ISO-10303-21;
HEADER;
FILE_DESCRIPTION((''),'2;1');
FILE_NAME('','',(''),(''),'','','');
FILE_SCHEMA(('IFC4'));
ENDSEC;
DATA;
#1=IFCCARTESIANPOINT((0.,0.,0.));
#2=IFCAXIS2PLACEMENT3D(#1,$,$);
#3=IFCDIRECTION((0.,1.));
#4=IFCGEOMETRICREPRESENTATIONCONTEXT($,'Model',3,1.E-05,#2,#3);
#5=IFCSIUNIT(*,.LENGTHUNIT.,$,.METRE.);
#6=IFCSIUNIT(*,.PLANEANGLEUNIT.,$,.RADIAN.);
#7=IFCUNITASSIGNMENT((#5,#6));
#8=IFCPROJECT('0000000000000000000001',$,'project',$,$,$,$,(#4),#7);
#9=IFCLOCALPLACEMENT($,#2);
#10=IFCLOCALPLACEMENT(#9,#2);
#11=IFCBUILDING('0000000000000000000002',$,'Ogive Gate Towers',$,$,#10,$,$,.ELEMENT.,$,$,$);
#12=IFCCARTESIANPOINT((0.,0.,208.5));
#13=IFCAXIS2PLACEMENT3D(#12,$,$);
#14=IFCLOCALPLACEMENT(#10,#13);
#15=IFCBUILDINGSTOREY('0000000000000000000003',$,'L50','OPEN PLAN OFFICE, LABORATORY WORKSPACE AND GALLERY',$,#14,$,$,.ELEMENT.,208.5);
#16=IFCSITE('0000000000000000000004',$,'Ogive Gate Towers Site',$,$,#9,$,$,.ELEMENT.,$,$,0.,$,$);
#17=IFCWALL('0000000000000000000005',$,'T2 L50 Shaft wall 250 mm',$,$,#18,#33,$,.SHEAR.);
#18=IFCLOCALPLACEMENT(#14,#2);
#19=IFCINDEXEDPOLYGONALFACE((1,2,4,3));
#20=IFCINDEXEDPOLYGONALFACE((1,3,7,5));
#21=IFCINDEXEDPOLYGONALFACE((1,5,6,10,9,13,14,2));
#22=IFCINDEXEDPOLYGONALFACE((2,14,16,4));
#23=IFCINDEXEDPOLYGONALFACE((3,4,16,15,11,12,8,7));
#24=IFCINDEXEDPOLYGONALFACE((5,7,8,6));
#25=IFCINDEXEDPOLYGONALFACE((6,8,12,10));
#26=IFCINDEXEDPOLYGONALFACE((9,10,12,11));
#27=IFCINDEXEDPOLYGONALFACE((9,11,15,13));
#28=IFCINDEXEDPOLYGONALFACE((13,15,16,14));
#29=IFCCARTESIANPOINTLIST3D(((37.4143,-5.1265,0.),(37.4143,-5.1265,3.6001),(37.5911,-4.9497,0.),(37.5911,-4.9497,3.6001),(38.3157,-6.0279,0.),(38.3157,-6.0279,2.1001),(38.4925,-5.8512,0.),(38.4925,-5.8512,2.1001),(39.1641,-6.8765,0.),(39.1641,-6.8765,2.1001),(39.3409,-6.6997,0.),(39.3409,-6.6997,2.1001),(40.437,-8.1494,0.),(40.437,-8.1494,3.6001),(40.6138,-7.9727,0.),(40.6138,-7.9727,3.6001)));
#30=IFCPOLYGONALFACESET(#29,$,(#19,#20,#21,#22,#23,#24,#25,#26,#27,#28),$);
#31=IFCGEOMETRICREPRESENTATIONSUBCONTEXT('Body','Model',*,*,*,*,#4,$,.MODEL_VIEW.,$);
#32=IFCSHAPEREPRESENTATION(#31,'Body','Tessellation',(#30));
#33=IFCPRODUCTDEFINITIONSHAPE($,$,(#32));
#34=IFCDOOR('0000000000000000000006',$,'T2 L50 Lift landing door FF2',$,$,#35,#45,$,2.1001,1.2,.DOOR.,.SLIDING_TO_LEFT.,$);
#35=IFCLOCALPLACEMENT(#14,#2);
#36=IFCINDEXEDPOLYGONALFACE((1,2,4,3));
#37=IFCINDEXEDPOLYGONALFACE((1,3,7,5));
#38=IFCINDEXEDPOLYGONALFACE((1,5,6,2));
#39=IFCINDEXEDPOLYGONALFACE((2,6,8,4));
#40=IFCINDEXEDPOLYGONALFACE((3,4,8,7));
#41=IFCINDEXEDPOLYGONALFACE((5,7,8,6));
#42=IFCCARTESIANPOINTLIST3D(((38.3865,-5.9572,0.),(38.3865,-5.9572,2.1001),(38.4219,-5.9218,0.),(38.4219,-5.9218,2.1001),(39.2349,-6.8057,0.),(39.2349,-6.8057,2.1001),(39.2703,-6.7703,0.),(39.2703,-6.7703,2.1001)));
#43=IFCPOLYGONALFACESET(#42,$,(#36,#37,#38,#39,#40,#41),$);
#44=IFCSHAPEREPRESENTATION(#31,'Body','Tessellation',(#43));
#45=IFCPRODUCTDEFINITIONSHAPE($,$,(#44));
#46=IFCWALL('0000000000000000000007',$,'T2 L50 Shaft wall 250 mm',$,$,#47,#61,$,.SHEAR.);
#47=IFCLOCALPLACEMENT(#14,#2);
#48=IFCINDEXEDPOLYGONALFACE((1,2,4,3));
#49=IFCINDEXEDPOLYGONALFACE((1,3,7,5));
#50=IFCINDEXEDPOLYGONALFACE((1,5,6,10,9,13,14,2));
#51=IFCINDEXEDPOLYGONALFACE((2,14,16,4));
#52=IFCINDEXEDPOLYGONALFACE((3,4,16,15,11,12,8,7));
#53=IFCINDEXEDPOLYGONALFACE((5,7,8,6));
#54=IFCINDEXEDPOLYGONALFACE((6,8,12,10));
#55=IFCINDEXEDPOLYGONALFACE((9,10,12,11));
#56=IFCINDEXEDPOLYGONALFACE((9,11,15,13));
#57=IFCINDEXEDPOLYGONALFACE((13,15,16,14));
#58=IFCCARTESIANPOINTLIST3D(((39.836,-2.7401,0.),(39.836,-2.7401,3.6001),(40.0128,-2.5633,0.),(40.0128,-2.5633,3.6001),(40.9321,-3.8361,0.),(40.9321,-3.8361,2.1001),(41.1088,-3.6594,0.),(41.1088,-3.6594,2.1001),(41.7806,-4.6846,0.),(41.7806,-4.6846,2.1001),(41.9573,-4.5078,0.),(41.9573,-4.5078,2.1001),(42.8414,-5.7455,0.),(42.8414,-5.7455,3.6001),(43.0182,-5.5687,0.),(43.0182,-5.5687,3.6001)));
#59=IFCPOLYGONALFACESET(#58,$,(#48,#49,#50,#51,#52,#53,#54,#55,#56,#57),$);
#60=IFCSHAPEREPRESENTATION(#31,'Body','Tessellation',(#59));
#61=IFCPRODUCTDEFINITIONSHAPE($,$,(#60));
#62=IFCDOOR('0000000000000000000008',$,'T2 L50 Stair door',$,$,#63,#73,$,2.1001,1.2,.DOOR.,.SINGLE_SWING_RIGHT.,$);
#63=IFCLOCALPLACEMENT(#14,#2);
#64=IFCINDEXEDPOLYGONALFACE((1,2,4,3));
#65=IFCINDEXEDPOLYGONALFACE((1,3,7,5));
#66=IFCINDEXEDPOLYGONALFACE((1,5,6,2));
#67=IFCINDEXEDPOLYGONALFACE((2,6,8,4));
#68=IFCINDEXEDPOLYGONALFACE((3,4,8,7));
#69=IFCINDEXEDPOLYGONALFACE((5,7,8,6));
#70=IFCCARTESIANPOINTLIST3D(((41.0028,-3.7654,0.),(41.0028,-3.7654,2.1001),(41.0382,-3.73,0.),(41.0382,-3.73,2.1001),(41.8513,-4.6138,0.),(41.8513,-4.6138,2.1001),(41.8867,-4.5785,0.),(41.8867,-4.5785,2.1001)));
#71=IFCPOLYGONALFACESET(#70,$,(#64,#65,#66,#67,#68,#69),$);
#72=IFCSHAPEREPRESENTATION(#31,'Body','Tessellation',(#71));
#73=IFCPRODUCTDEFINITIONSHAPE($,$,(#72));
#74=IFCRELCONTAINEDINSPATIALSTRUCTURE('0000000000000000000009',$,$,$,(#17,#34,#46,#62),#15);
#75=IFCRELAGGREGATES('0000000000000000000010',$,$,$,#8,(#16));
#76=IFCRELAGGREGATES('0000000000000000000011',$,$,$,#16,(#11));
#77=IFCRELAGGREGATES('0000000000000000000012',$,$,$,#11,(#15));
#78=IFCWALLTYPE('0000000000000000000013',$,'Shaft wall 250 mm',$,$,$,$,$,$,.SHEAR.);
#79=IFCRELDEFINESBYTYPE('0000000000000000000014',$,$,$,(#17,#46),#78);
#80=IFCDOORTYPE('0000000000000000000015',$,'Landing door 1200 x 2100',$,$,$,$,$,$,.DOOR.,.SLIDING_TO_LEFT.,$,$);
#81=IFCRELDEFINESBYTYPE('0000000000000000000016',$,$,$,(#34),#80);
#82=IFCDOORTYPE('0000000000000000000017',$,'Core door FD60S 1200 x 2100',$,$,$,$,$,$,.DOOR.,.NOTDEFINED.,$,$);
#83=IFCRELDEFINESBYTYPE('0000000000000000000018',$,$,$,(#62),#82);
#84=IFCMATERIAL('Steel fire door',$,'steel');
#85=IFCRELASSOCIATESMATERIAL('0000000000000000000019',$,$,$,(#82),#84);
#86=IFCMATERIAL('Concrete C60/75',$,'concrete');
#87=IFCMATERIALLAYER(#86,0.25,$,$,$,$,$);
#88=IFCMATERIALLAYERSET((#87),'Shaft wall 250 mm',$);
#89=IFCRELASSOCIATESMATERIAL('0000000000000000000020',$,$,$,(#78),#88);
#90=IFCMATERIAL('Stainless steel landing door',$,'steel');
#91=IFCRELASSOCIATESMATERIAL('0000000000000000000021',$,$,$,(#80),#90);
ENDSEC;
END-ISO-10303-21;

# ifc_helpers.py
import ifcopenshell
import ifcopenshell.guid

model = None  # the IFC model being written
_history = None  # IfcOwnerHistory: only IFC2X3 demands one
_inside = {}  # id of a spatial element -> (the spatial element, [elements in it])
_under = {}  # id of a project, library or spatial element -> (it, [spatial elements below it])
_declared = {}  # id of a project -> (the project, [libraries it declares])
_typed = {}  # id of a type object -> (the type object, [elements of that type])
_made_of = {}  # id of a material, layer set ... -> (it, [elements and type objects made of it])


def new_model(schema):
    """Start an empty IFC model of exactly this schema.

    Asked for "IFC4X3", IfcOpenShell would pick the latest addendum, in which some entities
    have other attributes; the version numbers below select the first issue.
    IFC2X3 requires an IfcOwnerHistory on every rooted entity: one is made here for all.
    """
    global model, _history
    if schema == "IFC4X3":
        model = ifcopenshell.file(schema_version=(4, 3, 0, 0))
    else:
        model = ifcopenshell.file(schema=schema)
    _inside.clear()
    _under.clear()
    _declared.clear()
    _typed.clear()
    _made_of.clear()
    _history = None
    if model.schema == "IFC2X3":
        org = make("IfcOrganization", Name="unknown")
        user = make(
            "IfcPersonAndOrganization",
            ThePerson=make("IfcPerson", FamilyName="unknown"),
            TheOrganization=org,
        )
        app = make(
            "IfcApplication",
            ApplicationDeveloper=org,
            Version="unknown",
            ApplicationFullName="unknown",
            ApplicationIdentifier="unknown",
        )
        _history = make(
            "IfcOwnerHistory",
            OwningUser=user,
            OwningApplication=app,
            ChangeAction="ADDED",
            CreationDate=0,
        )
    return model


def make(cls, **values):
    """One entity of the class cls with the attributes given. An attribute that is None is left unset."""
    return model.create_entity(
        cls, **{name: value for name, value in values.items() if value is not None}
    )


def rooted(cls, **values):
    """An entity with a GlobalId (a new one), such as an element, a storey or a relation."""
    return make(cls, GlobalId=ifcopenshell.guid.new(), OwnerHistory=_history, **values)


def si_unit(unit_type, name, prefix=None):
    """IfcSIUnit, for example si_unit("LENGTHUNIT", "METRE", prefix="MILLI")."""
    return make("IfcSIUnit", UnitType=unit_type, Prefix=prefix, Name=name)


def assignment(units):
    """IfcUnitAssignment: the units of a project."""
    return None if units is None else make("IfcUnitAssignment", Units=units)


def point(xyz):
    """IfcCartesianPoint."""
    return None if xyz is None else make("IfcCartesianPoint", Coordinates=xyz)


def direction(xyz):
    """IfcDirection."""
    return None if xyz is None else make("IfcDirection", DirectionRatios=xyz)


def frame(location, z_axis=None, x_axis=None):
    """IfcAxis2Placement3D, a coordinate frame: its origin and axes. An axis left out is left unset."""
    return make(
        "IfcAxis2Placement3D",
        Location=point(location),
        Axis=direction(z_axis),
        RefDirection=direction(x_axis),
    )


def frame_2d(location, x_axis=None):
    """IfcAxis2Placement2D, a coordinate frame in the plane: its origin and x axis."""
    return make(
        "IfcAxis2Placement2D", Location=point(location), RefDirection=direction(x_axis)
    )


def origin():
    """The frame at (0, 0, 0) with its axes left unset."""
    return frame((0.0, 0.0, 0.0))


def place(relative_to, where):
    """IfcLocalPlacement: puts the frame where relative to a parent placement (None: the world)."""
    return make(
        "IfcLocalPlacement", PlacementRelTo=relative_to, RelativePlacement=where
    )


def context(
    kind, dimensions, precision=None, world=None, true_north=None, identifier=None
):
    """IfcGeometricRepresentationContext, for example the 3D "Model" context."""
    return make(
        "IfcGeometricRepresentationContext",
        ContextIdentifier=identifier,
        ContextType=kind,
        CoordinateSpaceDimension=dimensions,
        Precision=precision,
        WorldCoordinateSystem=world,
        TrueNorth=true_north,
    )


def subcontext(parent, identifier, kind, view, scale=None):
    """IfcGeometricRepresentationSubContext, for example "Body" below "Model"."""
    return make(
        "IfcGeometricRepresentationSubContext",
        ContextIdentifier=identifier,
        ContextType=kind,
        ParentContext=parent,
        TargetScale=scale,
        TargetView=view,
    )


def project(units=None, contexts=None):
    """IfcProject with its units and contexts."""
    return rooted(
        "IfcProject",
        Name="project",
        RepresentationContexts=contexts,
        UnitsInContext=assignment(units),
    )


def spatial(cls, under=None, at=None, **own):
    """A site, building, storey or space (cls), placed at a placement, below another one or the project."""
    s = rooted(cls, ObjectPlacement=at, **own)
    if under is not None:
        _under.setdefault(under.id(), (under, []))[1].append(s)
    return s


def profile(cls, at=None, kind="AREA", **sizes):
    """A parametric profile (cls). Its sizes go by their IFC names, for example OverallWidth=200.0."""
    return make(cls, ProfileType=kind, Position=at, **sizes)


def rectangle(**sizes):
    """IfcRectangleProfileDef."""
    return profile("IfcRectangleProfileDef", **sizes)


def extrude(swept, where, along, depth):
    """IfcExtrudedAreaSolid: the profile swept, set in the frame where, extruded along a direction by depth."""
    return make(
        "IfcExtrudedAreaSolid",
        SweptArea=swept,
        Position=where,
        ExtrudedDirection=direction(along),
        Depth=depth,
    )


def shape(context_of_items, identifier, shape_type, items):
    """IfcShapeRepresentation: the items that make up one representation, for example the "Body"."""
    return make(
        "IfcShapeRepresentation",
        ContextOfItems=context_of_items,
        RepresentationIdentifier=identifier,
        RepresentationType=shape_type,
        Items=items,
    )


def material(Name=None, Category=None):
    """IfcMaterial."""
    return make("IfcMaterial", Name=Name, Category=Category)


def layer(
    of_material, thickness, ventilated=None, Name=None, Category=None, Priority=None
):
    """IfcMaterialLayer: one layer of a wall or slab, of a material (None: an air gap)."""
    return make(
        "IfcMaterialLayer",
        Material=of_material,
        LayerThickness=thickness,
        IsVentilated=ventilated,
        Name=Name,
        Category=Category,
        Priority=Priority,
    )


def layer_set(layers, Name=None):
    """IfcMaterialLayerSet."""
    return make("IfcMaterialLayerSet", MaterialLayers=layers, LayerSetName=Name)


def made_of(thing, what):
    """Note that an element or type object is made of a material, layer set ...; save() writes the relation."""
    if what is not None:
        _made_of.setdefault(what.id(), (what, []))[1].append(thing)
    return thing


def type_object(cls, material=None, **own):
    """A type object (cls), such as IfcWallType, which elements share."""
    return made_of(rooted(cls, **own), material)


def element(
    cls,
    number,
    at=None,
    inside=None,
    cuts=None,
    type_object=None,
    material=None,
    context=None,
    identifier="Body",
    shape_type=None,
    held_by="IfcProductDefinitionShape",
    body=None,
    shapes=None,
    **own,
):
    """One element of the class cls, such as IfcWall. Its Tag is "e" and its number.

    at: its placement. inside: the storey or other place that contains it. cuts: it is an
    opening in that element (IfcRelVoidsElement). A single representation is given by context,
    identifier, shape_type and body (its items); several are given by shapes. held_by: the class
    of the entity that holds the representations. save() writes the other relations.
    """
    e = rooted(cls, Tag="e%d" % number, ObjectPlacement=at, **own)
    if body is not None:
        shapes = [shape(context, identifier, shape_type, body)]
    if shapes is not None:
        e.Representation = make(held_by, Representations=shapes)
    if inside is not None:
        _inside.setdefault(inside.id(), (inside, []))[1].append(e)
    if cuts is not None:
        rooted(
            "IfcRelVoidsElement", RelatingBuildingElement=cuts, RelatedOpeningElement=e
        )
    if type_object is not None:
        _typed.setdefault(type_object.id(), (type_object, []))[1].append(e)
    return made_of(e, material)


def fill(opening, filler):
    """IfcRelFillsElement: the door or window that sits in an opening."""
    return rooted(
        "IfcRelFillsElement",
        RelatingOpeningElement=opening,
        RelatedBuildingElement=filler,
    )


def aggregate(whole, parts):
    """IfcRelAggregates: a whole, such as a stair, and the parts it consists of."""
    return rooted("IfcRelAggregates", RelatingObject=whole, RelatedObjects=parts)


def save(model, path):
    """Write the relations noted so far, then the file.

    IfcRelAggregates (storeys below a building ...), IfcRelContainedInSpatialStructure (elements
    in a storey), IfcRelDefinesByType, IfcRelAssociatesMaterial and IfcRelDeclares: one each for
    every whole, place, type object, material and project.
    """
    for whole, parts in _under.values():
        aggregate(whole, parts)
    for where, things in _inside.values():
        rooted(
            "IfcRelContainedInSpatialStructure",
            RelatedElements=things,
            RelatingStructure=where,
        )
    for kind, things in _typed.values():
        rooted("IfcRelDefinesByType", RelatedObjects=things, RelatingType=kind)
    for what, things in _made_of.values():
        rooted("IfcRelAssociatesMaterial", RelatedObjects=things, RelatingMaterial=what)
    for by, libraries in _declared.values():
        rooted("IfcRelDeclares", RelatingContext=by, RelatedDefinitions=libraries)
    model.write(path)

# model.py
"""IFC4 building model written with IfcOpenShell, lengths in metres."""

from ifc_helpers import new_model, si_unit, direction, frame, frame_2d, origin, place, context, subcontext, project, spatial, rectangle, extrude, material, layer, layer_set, type_object, element, fill, save


model = new_model("IFC4")

# Units and contexts
model_context = context("Model", 3, precision=1e-05, world=origin(), true_north=direction((0.0, 1.0)))
body_context = subcontext(model_context, "Body", "Model", "MODEL_VIEW")
ifc_project = project(units=[si_unit("LENGTHUNIT", "METRE"), si_unit("PLANEANGLEUNIT", "RADIAN")], contexts=[model_context])

# Site, building, storey
site_placement = place(None, origin())
site = spatial("IfcSite", under=ifc_project, at=site_placement, Name="Ogive Gate Towers Site", CompositionType="ELEMENT", RefElevation=0.0)
building_placement = place(site_placement, origin())
building = spatial("IfcBuilding", under=site, at=building_placement, Name="Ogive Gate Towers", CompositionType="ELEMENT")
storey_placement = place(building_placement, frame((0.0, 0.0, 208.5)))
storey = spatial("IfcBuildingStorey", under=building, at=storey_placement, Name="L50", Description="OPEN PLAN OFFICE, LABORATORY WORKSPACE AND GALLERY", CompositionType="ELEMENT", Elevation=208.5)

# Shared definitions
ifc_material_1 = material(Name="Concrete C60/75", Category="concrete")
ifc_material_2 = material(Name="Steel fire door", Category="steel")
door_type_1 = type_object("IfcDoorType", Name="Core door FD60S 1200 x 2100", OperationType="NOTDEFINED", PredefinedType="DOOR", material=ifc_material_2)

# Shared definitions
ifc_layer_1 = layer(ifc_material_1, 0.25)
ifc_layer_set_1 = layer_set([ifc_layer_1], Name="Shaft wall 250 mm")
wall_type_1 = type_object("IfcWallType", Name="Shaft wall 250 mm", PredefinedType="SHEAR", material=ifc_layer_set_1)

# Walls, openings, doors
wall_1_placement = place(storey_placement, frame((40.5254, -8.061, 0.0), z_axis=(0.0, 0.0, 1.0), x_axis=(-0.707078, 0.707135, 0.0)))
wall_1 = element("IfcWall", 1, at=wall_1_placement, inside=storey, type_object=wall_type_1, Name="T2 L50 Shaft wall 250 mm", PredefinedType="SHEAR", context=body_context, shape_type="SweptSolid", body=[
    extrude(rectangle(XDim=4.2749, YDim=0.25, at=frame_2d((2.1375, 0.0))), origin(), (0.0, 0.0, 1.0), 3.6001),
])
opening_1_placement = place(wall_1_placement, frame((1.8, 0.0, 0.0)))
opening_1 = element("IfcOpeningElement", 2, at=opening_1_placement, cuts=wall_1, PredefinedType="OPENING", context=body_context, shape_type="SweptSolid", body=[
    extrude(rectangle(XDim=1.2, YDim=2.1001, at=frame_2d((0.6001, 1.05))), frame((0.0, 0.135, 0.0), z_axis=(0.0, -1.0, 0.0), x_axis=(1.0, 0.0, 0.0)), (0.0, 0.0, 1.0), 0.27),
])
ifc_material_3 = material(Name="Stainless steel landing door", Category="steel")
door_type_2 = type_object("IfcDoorType", Name="Landing door 1200 x 2100", OperationType="SLIDING_TO_LEFT", PredefinedType="DOOR", material=ifc_material_3)
door_1_placement = place(opening_1_placement, origin())
door_1 = element("IfcDoor", 3, at=door_1_placement, inside=storey, type_object=door_type_2, Name="T2 L50 Lift landing door FF2", OperationType="SLIDING_TO_LEFT", OverallHeight=2.1001, OverallWidth=1.2, PredefinedType="DOOR", context=body_context, shape_type="SweptSolid", body=[
    extrude(rectangle(XDim=1.2, YDim=2.1001, at=frame_2d((0.6001, 1.05))), frame((0.0, 0.0249, 0.0), z_axis=(0.0, -1.0, 0.0), x_axis=(1.0, 0.0, 0.0)), (0.0, 0.0, 1.0), 0.05),
])
fill(opening_1, door_1)
wall_2_placement = place(storey_placement, frame((42.9297, -5.657, 0.0), z_axis=(0.0, 0.0, 1.0), x_axis=(-0.707107, 0.707107, 0.0)))
wall_2 = element("IfcWall", 4, at=wall_2_placement, inside=storey, type_object=wall_type_1, Name="T2 L50 Shaft wall 250 mm", PredefinedType="SHEAR", context=body_context, shape_type="SweptSolid", body=[
    extrude(rectangle(XDim=4.2502, YDim=0.25, at=frame_2d((2.125, 0.0))), origin(), (0.0, 0.0, 1.0), 3.6001),
])
opening_2_placement = place(wall_2_placement, frame((1.5, 0.0, 0.0)))
opening_2 = element("IfcOpeningElement", 5, at=opening_2_placement, cuts=wall_2, PredefinedType="OPENING", context=body_context, shape_type="SweptSolid", body=[
    extrude(rectangle(XDim=1.2, YDim=2.1001, at=frame_2d((0.6001, 1.05))), frame((0.0, 0.135, 0.0), z_axis=(0.0, -1.0, 0.0), x_axis=(1.0, 0.0, 0.0)), (0.0, 0.0, 1.0), 0.27),
])
door_2_placement = place(opening_2_placement, origin())
door_2 = element("IfcDoor", 6, at=door_2_placement, inside=storey, type_object=door_type_1, Name="T2 L50 Stair door", OperationType="SINGLE_SWING_RIGHT", OverallHeight=2.1001, OverallWidth=1.2, PredefinedType="DOOR", context=body_context, shape_type="SweptSolid", body=[
    extrude(rectangle(XDim=1.2, YDim=2.1001, at=frame_2d((0.6001, 1.05))), frame((0.0, 0.0249, 0.0), z_axis=(0.0, -1.0, 0.0), x_axis=(1.0, 0.0, 0.0)), (0.0, 0.0, 1.0), 0.05),
])
fill(opening_2, door_2)

save(model, "model.ifc")
